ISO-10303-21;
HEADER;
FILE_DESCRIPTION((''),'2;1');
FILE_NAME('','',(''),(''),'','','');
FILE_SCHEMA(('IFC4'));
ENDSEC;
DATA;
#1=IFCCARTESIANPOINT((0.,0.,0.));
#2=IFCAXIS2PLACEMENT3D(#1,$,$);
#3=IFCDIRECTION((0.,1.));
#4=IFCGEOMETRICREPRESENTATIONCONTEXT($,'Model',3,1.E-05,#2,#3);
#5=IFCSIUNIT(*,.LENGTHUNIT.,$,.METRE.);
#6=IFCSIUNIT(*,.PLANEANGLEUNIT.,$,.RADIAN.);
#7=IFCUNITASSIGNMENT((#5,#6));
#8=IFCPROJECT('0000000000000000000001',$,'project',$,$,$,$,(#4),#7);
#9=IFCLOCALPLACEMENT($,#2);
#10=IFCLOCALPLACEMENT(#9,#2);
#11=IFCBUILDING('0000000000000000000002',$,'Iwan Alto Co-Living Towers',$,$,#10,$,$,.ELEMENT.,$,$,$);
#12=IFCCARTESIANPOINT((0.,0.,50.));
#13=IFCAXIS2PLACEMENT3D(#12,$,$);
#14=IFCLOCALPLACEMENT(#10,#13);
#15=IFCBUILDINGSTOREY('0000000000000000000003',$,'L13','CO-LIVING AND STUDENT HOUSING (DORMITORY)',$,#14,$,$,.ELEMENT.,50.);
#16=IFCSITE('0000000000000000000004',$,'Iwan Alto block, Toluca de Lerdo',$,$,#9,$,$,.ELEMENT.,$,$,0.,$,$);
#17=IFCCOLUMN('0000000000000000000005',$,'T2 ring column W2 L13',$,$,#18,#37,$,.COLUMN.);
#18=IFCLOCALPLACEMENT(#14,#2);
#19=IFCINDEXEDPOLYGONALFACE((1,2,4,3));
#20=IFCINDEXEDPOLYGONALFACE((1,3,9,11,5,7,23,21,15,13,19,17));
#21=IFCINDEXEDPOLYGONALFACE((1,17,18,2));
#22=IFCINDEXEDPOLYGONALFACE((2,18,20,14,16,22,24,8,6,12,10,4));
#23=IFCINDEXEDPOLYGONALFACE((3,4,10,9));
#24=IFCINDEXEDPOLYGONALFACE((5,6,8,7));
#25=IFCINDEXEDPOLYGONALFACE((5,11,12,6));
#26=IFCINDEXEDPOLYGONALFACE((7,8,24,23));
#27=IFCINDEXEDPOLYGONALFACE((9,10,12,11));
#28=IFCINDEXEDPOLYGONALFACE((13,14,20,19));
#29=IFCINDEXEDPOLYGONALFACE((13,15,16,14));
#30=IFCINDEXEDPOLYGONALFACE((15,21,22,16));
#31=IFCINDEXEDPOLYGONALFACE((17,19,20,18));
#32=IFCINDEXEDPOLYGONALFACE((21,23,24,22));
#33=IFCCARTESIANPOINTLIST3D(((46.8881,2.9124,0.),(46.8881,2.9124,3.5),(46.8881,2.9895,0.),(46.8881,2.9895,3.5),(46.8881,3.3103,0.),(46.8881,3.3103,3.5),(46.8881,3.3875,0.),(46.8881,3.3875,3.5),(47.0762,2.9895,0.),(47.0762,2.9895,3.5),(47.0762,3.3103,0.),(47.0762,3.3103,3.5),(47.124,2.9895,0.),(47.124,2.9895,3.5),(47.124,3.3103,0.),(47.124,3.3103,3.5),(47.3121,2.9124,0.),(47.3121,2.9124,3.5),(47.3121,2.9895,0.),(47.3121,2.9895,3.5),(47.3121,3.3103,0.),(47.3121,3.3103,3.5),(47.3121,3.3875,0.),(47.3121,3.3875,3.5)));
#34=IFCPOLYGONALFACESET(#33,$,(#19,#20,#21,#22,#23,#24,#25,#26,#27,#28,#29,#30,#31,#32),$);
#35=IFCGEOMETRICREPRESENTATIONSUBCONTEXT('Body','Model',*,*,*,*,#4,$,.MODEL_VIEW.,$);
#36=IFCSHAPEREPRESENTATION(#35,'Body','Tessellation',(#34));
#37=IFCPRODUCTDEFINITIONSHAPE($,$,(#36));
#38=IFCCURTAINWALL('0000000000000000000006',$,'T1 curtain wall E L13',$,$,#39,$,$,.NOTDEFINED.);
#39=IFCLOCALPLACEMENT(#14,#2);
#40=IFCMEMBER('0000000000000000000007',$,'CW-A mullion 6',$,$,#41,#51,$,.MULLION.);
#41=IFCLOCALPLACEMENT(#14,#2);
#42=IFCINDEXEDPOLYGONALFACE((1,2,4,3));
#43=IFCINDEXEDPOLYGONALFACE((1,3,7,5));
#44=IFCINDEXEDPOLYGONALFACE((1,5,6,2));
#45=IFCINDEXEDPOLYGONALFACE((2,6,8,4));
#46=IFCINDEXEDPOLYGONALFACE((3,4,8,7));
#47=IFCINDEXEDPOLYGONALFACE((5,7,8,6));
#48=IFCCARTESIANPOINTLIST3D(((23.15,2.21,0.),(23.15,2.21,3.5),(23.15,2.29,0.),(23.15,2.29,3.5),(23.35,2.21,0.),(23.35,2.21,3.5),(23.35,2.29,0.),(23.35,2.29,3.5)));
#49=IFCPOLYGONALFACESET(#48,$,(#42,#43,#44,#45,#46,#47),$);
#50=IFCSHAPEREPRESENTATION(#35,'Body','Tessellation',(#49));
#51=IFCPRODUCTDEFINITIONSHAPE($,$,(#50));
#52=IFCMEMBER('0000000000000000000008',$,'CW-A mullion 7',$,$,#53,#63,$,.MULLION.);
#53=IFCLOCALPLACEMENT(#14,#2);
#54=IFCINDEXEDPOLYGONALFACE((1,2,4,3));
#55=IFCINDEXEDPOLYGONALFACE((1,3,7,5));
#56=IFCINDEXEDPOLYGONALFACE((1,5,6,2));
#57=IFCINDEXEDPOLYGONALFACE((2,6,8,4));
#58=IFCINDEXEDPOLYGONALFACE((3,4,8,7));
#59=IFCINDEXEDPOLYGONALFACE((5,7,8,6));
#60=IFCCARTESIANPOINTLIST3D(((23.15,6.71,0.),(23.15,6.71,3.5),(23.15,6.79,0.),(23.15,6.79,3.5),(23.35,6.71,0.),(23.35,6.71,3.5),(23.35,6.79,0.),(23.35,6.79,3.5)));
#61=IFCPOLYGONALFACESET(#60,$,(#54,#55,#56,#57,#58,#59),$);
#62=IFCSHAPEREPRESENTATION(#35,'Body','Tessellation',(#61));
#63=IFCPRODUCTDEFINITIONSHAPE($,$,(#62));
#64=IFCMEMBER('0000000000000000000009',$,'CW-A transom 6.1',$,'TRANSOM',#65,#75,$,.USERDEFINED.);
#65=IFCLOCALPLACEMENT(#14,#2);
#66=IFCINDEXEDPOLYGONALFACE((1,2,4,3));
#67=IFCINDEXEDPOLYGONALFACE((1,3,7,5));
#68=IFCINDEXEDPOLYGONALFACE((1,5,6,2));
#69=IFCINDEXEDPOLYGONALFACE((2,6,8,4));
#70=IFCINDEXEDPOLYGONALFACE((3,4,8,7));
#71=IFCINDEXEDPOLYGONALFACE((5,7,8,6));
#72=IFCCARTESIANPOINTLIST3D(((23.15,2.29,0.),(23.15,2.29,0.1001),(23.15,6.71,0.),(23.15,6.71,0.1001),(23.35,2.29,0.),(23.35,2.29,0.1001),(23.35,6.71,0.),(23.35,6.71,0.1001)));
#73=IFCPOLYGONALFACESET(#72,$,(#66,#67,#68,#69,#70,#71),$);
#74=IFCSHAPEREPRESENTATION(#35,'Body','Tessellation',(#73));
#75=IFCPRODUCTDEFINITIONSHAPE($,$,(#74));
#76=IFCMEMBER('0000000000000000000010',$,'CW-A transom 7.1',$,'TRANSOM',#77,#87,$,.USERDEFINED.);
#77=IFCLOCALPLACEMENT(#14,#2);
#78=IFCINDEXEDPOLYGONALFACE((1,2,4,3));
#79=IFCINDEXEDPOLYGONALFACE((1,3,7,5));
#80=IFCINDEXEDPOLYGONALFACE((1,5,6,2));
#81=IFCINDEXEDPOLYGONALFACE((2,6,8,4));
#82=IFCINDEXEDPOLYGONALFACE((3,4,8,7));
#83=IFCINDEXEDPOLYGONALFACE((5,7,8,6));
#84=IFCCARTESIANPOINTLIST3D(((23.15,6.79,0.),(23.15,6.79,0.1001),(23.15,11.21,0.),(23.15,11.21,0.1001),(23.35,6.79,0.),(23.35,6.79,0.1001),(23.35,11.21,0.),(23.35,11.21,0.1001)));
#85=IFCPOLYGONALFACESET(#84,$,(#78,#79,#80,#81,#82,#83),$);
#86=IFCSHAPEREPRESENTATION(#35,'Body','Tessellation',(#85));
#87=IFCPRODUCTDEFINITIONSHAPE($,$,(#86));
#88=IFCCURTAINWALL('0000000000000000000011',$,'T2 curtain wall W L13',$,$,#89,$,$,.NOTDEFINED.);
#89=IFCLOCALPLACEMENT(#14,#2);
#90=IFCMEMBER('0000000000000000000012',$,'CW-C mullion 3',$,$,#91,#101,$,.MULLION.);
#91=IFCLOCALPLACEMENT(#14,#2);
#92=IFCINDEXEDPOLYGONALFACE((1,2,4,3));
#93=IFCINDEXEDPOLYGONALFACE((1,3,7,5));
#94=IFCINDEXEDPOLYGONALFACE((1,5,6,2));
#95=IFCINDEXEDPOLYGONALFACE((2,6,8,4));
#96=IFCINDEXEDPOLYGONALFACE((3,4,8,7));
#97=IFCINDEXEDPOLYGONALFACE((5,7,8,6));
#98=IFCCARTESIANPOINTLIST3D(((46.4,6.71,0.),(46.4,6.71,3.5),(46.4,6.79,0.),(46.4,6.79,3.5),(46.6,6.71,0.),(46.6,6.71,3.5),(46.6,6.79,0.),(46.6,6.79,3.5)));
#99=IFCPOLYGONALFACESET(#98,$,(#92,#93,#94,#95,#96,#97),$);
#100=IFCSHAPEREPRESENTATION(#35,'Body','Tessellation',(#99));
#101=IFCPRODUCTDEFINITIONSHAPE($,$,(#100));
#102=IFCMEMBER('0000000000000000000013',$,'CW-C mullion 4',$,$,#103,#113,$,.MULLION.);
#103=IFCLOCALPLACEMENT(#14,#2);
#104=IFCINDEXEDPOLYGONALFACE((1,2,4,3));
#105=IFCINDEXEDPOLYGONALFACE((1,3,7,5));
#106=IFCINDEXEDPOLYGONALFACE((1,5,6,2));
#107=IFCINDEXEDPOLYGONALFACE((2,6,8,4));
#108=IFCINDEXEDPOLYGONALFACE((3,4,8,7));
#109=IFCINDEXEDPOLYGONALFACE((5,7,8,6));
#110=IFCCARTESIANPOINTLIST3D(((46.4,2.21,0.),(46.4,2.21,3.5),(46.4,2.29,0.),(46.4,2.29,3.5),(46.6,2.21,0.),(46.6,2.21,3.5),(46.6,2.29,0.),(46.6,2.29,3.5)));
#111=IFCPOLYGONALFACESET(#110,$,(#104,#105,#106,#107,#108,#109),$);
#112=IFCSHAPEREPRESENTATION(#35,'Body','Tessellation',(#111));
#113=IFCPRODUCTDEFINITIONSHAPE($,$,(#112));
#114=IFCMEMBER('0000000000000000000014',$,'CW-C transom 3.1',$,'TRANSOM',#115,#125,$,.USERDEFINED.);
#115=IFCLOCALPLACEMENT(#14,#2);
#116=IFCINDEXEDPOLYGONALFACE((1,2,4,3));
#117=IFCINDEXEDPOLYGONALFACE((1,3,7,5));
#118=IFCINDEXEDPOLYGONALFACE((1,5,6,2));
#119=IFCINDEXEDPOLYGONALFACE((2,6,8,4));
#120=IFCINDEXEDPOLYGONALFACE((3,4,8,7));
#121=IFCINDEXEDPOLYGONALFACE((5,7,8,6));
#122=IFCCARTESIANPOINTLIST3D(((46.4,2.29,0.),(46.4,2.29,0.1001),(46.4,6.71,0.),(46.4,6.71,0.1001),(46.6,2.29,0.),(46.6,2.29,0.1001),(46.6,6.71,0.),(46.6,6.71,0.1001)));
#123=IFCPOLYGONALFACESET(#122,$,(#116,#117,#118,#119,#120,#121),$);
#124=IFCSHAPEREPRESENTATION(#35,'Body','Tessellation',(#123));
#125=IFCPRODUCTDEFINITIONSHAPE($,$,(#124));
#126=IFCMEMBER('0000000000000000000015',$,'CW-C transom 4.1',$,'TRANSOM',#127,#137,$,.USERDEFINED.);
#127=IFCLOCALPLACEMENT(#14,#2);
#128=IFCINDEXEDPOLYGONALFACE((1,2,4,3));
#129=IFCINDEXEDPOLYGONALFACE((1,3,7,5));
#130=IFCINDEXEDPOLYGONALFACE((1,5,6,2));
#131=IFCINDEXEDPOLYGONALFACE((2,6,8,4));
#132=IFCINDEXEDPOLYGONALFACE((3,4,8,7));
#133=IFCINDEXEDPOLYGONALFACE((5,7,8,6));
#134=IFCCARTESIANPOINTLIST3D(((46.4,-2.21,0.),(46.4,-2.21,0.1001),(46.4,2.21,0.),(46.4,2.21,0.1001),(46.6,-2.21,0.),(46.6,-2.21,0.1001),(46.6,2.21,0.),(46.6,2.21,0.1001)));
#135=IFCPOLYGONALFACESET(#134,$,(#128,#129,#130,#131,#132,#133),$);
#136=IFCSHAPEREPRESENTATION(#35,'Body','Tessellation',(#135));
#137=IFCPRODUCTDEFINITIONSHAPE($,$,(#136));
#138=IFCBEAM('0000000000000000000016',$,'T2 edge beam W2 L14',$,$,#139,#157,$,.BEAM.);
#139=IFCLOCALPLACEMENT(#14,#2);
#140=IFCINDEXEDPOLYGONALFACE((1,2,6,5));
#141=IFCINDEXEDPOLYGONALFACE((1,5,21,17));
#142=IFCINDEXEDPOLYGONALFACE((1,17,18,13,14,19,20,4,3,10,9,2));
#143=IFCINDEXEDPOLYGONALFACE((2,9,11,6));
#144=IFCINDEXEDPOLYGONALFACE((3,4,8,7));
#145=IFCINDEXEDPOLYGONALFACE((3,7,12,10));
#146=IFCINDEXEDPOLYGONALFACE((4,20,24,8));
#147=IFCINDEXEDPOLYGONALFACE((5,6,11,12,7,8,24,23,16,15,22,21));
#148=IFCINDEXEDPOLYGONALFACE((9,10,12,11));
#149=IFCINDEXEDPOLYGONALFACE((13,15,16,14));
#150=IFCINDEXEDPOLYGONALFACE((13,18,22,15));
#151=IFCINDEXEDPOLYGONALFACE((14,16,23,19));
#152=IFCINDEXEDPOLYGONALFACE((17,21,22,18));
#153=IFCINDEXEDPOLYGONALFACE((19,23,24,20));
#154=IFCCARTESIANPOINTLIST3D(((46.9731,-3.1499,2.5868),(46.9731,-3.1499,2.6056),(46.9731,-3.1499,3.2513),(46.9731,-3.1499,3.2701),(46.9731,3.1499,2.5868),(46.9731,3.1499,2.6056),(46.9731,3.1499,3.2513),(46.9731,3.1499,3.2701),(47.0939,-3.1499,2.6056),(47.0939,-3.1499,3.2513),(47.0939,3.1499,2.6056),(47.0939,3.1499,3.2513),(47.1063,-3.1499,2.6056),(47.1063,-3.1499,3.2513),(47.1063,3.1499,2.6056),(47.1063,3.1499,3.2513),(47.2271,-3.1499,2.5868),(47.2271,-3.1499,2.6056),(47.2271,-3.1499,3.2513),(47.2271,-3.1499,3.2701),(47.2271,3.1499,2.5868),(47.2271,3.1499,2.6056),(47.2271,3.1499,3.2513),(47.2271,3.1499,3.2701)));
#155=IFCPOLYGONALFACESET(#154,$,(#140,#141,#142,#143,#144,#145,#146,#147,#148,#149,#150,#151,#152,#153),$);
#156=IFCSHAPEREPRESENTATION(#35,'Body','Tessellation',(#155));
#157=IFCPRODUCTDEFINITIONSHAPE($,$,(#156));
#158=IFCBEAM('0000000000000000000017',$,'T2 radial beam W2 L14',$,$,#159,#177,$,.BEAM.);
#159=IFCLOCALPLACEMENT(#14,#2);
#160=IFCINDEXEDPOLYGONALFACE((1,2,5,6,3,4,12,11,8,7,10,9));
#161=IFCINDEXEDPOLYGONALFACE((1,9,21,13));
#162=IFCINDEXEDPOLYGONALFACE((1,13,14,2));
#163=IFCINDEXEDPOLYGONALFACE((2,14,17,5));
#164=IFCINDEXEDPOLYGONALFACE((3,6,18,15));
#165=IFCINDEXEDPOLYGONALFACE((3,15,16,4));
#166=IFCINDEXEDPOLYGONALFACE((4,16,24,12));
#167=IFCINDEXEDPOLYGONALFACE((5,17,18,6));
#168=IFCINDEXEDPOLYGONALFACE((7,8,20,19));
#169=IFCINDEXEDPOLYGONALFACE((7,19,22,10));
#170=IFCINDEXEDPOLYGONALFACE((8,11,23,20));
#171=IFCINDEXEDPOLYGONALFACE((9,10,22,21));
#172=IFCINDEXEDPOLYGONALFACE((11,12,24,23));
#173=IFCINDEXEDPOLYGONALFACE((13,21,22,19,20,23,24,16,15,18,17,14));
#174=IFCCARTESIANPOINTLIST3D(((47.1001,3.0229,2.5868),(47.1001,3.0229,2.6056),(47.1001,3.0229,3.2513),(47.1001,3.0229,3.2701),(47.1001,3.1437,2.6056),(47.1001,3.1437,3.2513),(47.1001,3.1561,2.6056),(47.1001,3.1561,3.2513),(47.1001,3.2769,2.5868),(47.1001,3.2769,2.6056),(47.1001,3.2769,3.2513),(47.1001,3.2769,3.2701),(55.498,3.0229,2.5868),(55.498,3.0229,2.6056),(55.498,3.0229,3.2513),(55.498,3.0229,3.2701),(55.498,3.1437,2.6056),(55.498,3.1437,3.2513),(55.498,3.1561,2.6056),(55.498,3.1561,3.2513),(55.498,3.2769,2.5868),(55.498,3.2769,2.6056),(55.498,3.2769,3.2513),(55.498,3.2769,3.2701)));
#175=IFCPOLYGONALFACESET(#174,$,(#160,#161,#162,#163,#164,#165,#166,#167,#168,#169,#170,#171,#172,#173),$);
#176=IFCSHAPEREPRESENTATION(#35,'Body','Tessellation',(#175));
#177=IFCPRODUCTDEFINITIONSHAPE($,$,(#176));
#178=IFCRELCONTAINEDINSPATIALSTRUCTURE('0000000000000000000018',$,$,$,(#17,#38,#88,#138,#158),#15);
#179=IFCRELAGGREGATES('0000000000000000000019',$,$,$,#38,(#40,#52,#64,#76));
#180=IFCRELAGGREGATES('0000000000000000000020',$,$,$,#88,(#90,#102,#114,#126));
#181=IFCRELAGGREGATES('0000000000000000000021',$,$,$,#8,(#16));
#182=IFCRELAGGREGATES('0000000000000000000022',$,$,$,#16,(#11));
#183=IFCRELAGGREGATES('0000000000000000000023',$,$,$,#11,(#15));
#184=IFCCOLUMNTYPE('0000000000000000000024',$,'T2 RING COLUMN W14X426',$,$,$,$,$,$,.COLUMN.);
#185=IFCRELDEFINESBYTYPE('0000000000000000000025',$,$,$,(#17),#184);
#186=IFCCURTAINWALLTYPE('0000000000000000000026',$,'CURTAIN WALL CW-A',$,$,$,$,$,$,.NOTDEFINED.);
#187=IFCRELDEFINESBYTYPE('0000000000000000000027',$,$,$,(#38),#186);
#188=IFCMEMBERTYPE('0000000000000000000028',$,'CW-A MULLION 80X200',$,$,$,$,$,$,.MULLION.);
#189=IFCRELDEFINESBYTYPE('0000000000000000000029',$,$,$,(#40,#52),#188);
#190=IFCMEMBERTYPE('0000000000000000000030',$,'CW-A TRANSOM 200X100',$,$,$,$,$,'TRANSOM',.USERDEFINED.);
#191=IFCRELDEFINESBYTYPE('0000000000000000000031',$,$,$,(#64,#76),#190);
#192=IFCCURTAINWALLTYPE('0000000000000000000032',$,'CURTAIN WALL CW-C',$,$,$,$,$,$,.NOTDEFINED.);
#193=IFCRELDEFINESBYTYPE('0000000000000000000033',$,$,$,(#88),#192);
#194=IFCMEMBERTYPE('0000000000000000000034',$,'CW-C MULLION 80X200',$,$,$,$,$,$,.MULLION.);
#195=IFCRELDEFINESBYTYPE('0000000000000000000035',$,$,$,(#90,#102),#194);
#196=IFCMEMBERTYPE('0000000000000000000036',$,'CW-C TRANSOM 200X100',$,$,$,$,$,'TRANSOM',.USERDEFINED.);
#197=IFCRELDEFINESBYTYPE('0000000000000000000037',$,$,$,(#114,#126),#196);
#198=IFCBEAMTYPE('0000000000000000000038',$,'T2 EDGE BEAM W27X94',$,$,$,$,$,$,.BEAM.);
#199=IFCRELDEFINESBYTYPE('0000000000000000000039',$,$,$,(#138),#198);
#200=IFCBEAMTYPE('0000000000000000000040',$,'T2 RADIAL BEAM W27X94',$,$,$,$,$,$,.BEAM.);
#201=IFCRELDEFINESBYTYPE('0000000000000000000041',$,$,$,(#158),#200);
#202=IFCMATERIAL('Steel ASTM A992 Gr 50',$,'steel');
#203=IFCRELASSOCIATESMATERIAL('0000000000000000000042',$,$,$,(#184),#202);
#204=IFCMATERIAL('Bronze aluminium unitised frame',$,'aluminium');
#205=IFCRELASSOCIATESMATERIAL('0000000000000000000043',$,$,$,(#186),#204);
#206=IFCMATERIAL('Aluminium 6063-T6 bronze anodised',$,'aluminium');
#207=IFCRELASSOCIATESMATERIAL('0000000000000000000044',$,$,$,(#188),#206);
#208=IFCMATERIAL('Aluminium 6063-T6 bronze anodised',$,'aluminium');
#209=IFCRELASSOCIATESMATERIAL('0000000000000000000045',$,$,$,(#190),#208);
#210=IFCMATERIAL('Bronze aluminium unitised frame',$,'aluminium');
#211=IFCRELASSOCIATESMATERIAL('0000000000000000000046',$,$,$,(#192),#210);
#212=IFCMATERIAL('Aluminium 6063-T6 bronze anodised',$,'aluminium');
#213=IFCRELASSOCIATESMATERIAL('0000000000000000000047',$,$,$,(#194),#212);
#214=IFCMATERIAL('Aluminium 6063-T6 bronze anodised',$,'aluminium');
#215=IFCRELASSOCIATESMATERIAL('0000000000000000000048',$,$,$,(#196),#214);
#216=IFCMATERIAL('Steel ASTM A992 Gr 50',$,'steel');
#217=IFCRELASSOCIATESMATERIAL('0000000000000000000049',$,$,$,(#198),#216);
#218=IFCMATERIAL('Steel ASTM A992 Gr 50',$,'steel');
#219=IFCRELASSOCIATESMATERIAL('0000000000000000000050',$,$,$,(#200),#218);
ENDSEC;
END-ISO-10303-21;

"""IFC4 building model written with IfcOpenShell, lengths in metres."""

from ifc_helpers import new_model, si_unit, direction, frame, origin, origin_2d, place, context, subcontext, project, spatial, rectangle, i_section, extrude, material, material_profile, profile_set, type_object, element, aggregate, save


model = new_model("IFC4")

# Units and contexts
model_context = context("Model", 3, precision=1e-05, world=origin(), true_north=direction((0.0, 1.0)))
body_context = subcontext(model_context, "Body", "Model", "MODEL_VIEW")
ifc_project = project(units=[si_unit("LENGTHUNIT", "METRE"), si_unit("PLANEANGLEUNIT", "RADIAN")], contexts=[model_context])

# Site, building, storey
site_placement = place(None, origin())
site = spatial("IfcSite", under=ifc_project, at=site_placement, Name="Iwan Alto block, Toluca de Lerdo", CompositionType="ELEMENT", RefElevation=0.0)
building_placement = place(site_placement, origin())
building = spatial("IfcBuilding", under=site, at=building_placement, Name="Iwan Alto Co-Living Towers", CompositionType="ELEMENT")
storey_placement = place(building_placement, frame((0.0, 0.0, 50.0)))
storey = spatial("IfcBuildingStorey", under=building, at=storey_placement, Name="L13", Description="CO-LIVING AND STUDENT HOUSING (DORMITORY)", CompositionType="ELEMENT", Elevation=50.0)

# Column
ifc_material_1 = material(Name="Steel ASTM A992 Gr 50", Category="steel")
ifc_material_profile_1 = material_profile(ifc_material_1, i_section(OverallWidth=0.4241, OverallDepth=0.4751, WebThickness=0.0479, FlangeThickness=0.0771, at=origin_2d()), Name="W14X426")
ifc_profile_set_1 = profile_set([ifc_material_profile_1], Name="Steel ASTM A992 Gr 50")
column_type = type_object("IfcColumnType", Name="T2 RING COLUMN W14X426", PredefinedType="COLUMN", material=ifc_profile_set_1)
column_placement = place(storey_placement, frame((47.1001, 3.1499, 0.0), z_axis=(0.0, 0.0, 1.0), x_axis=(1.0, 0.0, 0.0)))
element("IfcColumn", 1, at=column_placement, inside=storey, type_object=column_type, Name="T2 ring column W2 L13", PredefinedType="COLUMN", context=body_context, shape_type="SweptSolid", body=[
    extrude(i_section(OverallWidth=0.4241, OverallDepth=0.4751, WebThickness=0.0479, FlangeThickness=0.0771, at=origin_2d()), origin(), (0.0, 0.0, 1.0), 3.5),
])

# Curtain walls, members
ifc_material_2 = material(Name="Bronze aluminium unitised frame", Category="aluminium")
curtain_wall_type_1 = type_object("IfcCurtainWallType", Name="CURTAIN WALL CW-A", PredefinedType="NOTDEFINED", material=ifc_material_2)
curtain_wall_1_placement = place(storey_placement, origin())
curtain_wall_1 = element("IfcCurtainWall", 2, at=curtain_wall_1_placement, inside=storey, type_object=curtain_wall_type_1, Name="T1 curtain wall E L13", PredefinedType="NOTDEFINED")
ifc_material_3 = material(Name="Aluminium 6063-T6 bronze anodised", Category="aluminium")
ifc_material_profile_2 = material_profile(ifc_material_3, rectangle(XDim=0.2, YDim=0.0801, at=origin_2d()), Name="AL 80X200")
ifc_profile_set_2 = profile_set([ifc_material_profile_2], Name="Aluminium 6063-T6 bronze anodised")
member_type_1 = type_object("IfcMemberType", Name="CW-A MULLION 80X200", PredefinedType="MULLION", material=ifc_profile_set_2)
member_1_placement = place(storey_placement, frame((23.25, 2.25, 0.0), z_axis=(0.0, 0.0, 1.0), x_axis=(-1.0, 0.0, 0.0)))
member_1 = element("IfcMember", 3, at=member_1_placement, type_object=member_type_1, Name="CW-A mullion 6", PredefinedType="MULLION", context=body_context, shape_type="SweptSolid", body=[
    extrude(rectangle(XDim=0.2, YDim=0.0801, at=origin_2d()), origin(), (0.0, 0.0, 1.0), 3.5),
])
member_2_placement = place(storey_placement, frame((23.25, 6.75, 0.0), z_axis=(0.0, 0.0, 1.0), x_axis=(-1.0, 0.0, 0.0)))
member_2 = element("IfcMember", 4, at=member_2_placement, type_object=member_type_1, Name="CW-A mullion 7", PredefinedType="MULLION", context=body_context, shape_type="SweptSolid", body=[
    extrude(rectangle(XDim=0.2, YDim=0.0801, at=origin_2d()), origin(), (0.0, 0.0, 1.0), 3.5),
])
ifc_material_4 = material(Name="Aluminium 6063-T6 bronze anodised", Category="aluminium")
ifc_material_profile_3 = material_profile(ifc_material_4, rectangle(XDim=0.2, YDim=0.1001, at=origin_2d()), Name="AL 200X100")
ifc_profile_set_3 = profile_set([ifc_material_profile_3], Name="Aluminium 6063-T6 bronze anodised")
member_type_2 = type_object("IfcMemberType", Name="CW-A TRANSOM 200X100", ElementType="TRANSOM", PredefinedType="USERDEFINED", material=ifc_profile_set_3)
member_3_placement = place(storey_placement, frame((23.25, 2.29, 0.05), z_axis=(0.0, 1.0, 0.0), x_axis=(-1.0, 0.0, 0.0)))
member_3 = element("IfcMember", 5, at=member_3_placement, type_object=member_type_2, Name="CW-A transom 6.1", ObjectType="TRANSOM", PredefinedType="USERDEFINED", context=body_context, shape_type="SweptSolid", body=[
    extrude(rectangle(XDim=0.2, YDim=0.1001, at=origin_2d()), origin(), (0.0, 0.0, 1.0), 4.4199),
])
member_4_placement = place(storey_placement, frame((23.25, 6.79, 0.05), z_axis=(0.0, 1.0, 0.0), x_axis=(-1.0, 0.0, 0.0)))
member_4 = element("IfcMember", 6, at=member_4_placement, type_object=member_type_2, Name="CW-A transom 7.1", ObjectType="TRANSOM", PredefinedType="USERDEFINED", context=body_context, shape_type="SweptSolid", body=[
    extrude(rectangle(XDim=0.2, YDim=0.1001, at=origin_2d()), origin(), (0.0, 0.0, 1.0), 4.4199),
])
ifc_material_5 = material(Name="Bronze aluminium unitised frame", Category="aluminium")
curtain_wall_type_2 = type_object("IfcCurtainWallType", Name="CURTAIN WALL CW-C", PredefinedType="NOTDEFINED", material=ifc_material_5)
curtain_wall_2_placement = place(storey_placement, origin())
curtain_wall_2 = element("IfcCurtainWall", 7, at=curtain_wall_2_placement, inside=storey, type_object=curtain_wall_type_2, Name="T2 curtain wall W L13", PredefinedType="NOTDEFINED")
ifc_material_6 = material(Name="Aluminium 6063-T6 bronze anodised", Category="aluminium")
ifc_material_profile_4 = material_profile(ifc_material_6, rectangle(XDim=0.2, YDim=0.0801, at=origin_2d()), Name="AL 80X200")
ifc_profile_set_4 = profile_set([ifc_material_profile_4], Name="Aluminium 6063-T6 bronze anodised")
member_type_3 = type_object("IfcMemberType", Name="CW-C MULLION 80X200", PredefinedType="MULLION", material=ifc_profile_set_4)
member_5_placement = place(storey_placement, frame((46.5, 6.75, 0.0), z_axis=(0.0, 0.0, 1.0), x_axis=(1.0, 0.0, 0.0)))
member_5 = element("IfcMember", 8, at=member_5_placement, type_object=member_type_3, Name="CW-C mullion 3", PredefinedType="MULLION", context=body_context, shape_type="SweptSolid", body=[
    extrude(rectangle(XDim=0.2, YDim=0.0801, at=origin_2d()), origin(), (0.0, 0.0, 1.0), 3.5),
])
member_6_placement = place(storey_placement, frame((46.5, 2.25, 0.0), z_axis=(0.0, 0.0, 1.0), x_axis=(1.0, 0.0, 0.0)))
member_6 = element("IfcMember", 9, at=member_6_placement, type_object=member_type_3, Name="CW-C mullion 4", PredefinedType="MULLION", context=body_context, shape_type="SweptSolid", body=[
    extrude(rectangle(XDim=0.2, YDim=0.0801, at=origin_2d()), origin(), (0.0, 0.0, 1.0), 3.5),
])
ifc_material_7 = material(Name="Aluminium 6063-T6 bronze anodised", Category="aluminium")
ifc_material_profile_5 = material_profile(ifc_material_7, rectangle(XDim=0.2, YDim=0.1001, at=origin_2d()), Name="AL 200X100")
ifc_profile_set_5 = profile_set([ifc_material_profile_5], Name="Aluminium 6063-T6 bronze anodised")
member_type_4 = type_object("IfcMemberType", Name="CW-C TRANSOM 200X100", ElementType="TRANSOM", PredefinedType="USERDEFINED", material=ifc_profile_set_5)
member_7_placement = place(storey_placement, frame((46.5, 6.71, 0.05), z_axis=(0.0, -1.0, 0.0), x_axis=(1.0, 0.0, 0.0)))
member_7 = element("IfcMember", 10, at=member_7_placement, type_object=member_type_4, Name="CW-C transom 3.1", ObjectType="TRANSOM", PredefinedType="USERDEFINED", context=body_context, shape_type="SweptSolid", body=[
    extrude(rectangle(XDim=0.2, YDim=0.1001, at=origin_2d()), origin(), (0.0, 0.0, 1.0), 4.4199),
])
member_8_placement = place(storey_placement, frame((46.5, 2.21, 0.05), z_axis=(0.0, -1.0, 0.0), x_axis=(1.0, 0.0, 0.0)))
member_8 = element("IfcMember", 11, at=member_8_placement, type_object=member_type_4, Name="CW-C transom 4.1", ObjectType="TRANSOM", PredefinedType="USERDEFINED", context=body_context, shape_type="SweptSolid", body=[
    extrude(rectangle(XDim=0.2, YDim=0.1001, at=origin_2d()), origin(), (0.0, 0.0, 1.0), 4.4199),
])

# Beams
ifc_material_8 = material(Name="Steel ASTM A992 Gr 50", Category="steel")
ifc_material_profile_6 = material_profile(ifc_material_8, i_section(OverallWidth=0.2539, OverallDepth=0.6833, WebThickness=0.0125, FlangeThickness=0.0188, at=origin_2d()), Name="W27X94")
ifc_profile_set_6 = profile_set([ifc_material_profile_6], Name="Steel ASTM A992 Gr 50")
beam_type_1 = type_object("IfcBeamType", Name="T2 EDGE BEAM W27X94", PredefinedType="BEAM", material=ifc_profile_set_6)
beam_1_placement = place(storey_placement, frame((47.1001, 3.1499, 2.9285), z_axis=(0.0, -1.0, 0.0), x_axis=(1.0, 0.0, 0.0)))
element("IfcBeam", 12, at=beam_1_placement, inside=storey, type_object=beam_type_1, Name="T2 edge beam W2 L14", PredefinedType="BEAM", context=body_context, shape_type="SweptSolid", body=[
    extrude(i_section(OverallWidth=0.2539, OverallDepth=0.6833, WebThickness=0.0125, FlangeThickness=0.0188, at=origin_2d()), origin(), (0.0, 0.0, 1.0), 6.2998),
])
ifc_material_9 = material(Name="Steel ASTM A992 Gr 50", Category="steel")
ifc_material_profile_7 = material_profile(ifc_material_9, i_section(OverallWidth=0.2539, OverallDepth=0.6833, WebThickness=0.0125, FlangeThickness=0.0188, at=origin_2d()), Name="W27X94")
ifc_profile_set_7 = profile_set([ifc_material_profile_7], Name="Steel ASTM A992 Gr 50")
beam_type_2 = type_object("IfcBeamType", Name="T2 RADIAL BEAM W27X94", PredefinedType="BEAM", material=ifc_profile_set_7)
beam_2_placement = place(storey_placement, frame((47.1001, 3.1499, 2.9285), z_axis=(1.0, 0.0, 0.0), x_axis=(0.0, 1.0, 0.0)))
element("IfcBeam", 13, at=beam_2_placement, inside=storey, type_object=beam_type_2, Name="T2 radial beam W2 L14", PredefinedType="BEAM", context=body_context, shape_type="SweptSolid", body=[
    extrude(i_section(OverallWidth=0.2539, OverallDepth=0.6833, WebThickness=0.0125, FlangeThickness=0.0188, at=origin_2d()), origin(), (0.0, 0.0, 1.0), 8.3979),
])

aggregate(curtain_wall_1, [member_1, member_2, member_3, member_4])
aggregate(curtain_wall_2, [member_5, member_6, member_7, member_8])

save(model, "model.ifc")
